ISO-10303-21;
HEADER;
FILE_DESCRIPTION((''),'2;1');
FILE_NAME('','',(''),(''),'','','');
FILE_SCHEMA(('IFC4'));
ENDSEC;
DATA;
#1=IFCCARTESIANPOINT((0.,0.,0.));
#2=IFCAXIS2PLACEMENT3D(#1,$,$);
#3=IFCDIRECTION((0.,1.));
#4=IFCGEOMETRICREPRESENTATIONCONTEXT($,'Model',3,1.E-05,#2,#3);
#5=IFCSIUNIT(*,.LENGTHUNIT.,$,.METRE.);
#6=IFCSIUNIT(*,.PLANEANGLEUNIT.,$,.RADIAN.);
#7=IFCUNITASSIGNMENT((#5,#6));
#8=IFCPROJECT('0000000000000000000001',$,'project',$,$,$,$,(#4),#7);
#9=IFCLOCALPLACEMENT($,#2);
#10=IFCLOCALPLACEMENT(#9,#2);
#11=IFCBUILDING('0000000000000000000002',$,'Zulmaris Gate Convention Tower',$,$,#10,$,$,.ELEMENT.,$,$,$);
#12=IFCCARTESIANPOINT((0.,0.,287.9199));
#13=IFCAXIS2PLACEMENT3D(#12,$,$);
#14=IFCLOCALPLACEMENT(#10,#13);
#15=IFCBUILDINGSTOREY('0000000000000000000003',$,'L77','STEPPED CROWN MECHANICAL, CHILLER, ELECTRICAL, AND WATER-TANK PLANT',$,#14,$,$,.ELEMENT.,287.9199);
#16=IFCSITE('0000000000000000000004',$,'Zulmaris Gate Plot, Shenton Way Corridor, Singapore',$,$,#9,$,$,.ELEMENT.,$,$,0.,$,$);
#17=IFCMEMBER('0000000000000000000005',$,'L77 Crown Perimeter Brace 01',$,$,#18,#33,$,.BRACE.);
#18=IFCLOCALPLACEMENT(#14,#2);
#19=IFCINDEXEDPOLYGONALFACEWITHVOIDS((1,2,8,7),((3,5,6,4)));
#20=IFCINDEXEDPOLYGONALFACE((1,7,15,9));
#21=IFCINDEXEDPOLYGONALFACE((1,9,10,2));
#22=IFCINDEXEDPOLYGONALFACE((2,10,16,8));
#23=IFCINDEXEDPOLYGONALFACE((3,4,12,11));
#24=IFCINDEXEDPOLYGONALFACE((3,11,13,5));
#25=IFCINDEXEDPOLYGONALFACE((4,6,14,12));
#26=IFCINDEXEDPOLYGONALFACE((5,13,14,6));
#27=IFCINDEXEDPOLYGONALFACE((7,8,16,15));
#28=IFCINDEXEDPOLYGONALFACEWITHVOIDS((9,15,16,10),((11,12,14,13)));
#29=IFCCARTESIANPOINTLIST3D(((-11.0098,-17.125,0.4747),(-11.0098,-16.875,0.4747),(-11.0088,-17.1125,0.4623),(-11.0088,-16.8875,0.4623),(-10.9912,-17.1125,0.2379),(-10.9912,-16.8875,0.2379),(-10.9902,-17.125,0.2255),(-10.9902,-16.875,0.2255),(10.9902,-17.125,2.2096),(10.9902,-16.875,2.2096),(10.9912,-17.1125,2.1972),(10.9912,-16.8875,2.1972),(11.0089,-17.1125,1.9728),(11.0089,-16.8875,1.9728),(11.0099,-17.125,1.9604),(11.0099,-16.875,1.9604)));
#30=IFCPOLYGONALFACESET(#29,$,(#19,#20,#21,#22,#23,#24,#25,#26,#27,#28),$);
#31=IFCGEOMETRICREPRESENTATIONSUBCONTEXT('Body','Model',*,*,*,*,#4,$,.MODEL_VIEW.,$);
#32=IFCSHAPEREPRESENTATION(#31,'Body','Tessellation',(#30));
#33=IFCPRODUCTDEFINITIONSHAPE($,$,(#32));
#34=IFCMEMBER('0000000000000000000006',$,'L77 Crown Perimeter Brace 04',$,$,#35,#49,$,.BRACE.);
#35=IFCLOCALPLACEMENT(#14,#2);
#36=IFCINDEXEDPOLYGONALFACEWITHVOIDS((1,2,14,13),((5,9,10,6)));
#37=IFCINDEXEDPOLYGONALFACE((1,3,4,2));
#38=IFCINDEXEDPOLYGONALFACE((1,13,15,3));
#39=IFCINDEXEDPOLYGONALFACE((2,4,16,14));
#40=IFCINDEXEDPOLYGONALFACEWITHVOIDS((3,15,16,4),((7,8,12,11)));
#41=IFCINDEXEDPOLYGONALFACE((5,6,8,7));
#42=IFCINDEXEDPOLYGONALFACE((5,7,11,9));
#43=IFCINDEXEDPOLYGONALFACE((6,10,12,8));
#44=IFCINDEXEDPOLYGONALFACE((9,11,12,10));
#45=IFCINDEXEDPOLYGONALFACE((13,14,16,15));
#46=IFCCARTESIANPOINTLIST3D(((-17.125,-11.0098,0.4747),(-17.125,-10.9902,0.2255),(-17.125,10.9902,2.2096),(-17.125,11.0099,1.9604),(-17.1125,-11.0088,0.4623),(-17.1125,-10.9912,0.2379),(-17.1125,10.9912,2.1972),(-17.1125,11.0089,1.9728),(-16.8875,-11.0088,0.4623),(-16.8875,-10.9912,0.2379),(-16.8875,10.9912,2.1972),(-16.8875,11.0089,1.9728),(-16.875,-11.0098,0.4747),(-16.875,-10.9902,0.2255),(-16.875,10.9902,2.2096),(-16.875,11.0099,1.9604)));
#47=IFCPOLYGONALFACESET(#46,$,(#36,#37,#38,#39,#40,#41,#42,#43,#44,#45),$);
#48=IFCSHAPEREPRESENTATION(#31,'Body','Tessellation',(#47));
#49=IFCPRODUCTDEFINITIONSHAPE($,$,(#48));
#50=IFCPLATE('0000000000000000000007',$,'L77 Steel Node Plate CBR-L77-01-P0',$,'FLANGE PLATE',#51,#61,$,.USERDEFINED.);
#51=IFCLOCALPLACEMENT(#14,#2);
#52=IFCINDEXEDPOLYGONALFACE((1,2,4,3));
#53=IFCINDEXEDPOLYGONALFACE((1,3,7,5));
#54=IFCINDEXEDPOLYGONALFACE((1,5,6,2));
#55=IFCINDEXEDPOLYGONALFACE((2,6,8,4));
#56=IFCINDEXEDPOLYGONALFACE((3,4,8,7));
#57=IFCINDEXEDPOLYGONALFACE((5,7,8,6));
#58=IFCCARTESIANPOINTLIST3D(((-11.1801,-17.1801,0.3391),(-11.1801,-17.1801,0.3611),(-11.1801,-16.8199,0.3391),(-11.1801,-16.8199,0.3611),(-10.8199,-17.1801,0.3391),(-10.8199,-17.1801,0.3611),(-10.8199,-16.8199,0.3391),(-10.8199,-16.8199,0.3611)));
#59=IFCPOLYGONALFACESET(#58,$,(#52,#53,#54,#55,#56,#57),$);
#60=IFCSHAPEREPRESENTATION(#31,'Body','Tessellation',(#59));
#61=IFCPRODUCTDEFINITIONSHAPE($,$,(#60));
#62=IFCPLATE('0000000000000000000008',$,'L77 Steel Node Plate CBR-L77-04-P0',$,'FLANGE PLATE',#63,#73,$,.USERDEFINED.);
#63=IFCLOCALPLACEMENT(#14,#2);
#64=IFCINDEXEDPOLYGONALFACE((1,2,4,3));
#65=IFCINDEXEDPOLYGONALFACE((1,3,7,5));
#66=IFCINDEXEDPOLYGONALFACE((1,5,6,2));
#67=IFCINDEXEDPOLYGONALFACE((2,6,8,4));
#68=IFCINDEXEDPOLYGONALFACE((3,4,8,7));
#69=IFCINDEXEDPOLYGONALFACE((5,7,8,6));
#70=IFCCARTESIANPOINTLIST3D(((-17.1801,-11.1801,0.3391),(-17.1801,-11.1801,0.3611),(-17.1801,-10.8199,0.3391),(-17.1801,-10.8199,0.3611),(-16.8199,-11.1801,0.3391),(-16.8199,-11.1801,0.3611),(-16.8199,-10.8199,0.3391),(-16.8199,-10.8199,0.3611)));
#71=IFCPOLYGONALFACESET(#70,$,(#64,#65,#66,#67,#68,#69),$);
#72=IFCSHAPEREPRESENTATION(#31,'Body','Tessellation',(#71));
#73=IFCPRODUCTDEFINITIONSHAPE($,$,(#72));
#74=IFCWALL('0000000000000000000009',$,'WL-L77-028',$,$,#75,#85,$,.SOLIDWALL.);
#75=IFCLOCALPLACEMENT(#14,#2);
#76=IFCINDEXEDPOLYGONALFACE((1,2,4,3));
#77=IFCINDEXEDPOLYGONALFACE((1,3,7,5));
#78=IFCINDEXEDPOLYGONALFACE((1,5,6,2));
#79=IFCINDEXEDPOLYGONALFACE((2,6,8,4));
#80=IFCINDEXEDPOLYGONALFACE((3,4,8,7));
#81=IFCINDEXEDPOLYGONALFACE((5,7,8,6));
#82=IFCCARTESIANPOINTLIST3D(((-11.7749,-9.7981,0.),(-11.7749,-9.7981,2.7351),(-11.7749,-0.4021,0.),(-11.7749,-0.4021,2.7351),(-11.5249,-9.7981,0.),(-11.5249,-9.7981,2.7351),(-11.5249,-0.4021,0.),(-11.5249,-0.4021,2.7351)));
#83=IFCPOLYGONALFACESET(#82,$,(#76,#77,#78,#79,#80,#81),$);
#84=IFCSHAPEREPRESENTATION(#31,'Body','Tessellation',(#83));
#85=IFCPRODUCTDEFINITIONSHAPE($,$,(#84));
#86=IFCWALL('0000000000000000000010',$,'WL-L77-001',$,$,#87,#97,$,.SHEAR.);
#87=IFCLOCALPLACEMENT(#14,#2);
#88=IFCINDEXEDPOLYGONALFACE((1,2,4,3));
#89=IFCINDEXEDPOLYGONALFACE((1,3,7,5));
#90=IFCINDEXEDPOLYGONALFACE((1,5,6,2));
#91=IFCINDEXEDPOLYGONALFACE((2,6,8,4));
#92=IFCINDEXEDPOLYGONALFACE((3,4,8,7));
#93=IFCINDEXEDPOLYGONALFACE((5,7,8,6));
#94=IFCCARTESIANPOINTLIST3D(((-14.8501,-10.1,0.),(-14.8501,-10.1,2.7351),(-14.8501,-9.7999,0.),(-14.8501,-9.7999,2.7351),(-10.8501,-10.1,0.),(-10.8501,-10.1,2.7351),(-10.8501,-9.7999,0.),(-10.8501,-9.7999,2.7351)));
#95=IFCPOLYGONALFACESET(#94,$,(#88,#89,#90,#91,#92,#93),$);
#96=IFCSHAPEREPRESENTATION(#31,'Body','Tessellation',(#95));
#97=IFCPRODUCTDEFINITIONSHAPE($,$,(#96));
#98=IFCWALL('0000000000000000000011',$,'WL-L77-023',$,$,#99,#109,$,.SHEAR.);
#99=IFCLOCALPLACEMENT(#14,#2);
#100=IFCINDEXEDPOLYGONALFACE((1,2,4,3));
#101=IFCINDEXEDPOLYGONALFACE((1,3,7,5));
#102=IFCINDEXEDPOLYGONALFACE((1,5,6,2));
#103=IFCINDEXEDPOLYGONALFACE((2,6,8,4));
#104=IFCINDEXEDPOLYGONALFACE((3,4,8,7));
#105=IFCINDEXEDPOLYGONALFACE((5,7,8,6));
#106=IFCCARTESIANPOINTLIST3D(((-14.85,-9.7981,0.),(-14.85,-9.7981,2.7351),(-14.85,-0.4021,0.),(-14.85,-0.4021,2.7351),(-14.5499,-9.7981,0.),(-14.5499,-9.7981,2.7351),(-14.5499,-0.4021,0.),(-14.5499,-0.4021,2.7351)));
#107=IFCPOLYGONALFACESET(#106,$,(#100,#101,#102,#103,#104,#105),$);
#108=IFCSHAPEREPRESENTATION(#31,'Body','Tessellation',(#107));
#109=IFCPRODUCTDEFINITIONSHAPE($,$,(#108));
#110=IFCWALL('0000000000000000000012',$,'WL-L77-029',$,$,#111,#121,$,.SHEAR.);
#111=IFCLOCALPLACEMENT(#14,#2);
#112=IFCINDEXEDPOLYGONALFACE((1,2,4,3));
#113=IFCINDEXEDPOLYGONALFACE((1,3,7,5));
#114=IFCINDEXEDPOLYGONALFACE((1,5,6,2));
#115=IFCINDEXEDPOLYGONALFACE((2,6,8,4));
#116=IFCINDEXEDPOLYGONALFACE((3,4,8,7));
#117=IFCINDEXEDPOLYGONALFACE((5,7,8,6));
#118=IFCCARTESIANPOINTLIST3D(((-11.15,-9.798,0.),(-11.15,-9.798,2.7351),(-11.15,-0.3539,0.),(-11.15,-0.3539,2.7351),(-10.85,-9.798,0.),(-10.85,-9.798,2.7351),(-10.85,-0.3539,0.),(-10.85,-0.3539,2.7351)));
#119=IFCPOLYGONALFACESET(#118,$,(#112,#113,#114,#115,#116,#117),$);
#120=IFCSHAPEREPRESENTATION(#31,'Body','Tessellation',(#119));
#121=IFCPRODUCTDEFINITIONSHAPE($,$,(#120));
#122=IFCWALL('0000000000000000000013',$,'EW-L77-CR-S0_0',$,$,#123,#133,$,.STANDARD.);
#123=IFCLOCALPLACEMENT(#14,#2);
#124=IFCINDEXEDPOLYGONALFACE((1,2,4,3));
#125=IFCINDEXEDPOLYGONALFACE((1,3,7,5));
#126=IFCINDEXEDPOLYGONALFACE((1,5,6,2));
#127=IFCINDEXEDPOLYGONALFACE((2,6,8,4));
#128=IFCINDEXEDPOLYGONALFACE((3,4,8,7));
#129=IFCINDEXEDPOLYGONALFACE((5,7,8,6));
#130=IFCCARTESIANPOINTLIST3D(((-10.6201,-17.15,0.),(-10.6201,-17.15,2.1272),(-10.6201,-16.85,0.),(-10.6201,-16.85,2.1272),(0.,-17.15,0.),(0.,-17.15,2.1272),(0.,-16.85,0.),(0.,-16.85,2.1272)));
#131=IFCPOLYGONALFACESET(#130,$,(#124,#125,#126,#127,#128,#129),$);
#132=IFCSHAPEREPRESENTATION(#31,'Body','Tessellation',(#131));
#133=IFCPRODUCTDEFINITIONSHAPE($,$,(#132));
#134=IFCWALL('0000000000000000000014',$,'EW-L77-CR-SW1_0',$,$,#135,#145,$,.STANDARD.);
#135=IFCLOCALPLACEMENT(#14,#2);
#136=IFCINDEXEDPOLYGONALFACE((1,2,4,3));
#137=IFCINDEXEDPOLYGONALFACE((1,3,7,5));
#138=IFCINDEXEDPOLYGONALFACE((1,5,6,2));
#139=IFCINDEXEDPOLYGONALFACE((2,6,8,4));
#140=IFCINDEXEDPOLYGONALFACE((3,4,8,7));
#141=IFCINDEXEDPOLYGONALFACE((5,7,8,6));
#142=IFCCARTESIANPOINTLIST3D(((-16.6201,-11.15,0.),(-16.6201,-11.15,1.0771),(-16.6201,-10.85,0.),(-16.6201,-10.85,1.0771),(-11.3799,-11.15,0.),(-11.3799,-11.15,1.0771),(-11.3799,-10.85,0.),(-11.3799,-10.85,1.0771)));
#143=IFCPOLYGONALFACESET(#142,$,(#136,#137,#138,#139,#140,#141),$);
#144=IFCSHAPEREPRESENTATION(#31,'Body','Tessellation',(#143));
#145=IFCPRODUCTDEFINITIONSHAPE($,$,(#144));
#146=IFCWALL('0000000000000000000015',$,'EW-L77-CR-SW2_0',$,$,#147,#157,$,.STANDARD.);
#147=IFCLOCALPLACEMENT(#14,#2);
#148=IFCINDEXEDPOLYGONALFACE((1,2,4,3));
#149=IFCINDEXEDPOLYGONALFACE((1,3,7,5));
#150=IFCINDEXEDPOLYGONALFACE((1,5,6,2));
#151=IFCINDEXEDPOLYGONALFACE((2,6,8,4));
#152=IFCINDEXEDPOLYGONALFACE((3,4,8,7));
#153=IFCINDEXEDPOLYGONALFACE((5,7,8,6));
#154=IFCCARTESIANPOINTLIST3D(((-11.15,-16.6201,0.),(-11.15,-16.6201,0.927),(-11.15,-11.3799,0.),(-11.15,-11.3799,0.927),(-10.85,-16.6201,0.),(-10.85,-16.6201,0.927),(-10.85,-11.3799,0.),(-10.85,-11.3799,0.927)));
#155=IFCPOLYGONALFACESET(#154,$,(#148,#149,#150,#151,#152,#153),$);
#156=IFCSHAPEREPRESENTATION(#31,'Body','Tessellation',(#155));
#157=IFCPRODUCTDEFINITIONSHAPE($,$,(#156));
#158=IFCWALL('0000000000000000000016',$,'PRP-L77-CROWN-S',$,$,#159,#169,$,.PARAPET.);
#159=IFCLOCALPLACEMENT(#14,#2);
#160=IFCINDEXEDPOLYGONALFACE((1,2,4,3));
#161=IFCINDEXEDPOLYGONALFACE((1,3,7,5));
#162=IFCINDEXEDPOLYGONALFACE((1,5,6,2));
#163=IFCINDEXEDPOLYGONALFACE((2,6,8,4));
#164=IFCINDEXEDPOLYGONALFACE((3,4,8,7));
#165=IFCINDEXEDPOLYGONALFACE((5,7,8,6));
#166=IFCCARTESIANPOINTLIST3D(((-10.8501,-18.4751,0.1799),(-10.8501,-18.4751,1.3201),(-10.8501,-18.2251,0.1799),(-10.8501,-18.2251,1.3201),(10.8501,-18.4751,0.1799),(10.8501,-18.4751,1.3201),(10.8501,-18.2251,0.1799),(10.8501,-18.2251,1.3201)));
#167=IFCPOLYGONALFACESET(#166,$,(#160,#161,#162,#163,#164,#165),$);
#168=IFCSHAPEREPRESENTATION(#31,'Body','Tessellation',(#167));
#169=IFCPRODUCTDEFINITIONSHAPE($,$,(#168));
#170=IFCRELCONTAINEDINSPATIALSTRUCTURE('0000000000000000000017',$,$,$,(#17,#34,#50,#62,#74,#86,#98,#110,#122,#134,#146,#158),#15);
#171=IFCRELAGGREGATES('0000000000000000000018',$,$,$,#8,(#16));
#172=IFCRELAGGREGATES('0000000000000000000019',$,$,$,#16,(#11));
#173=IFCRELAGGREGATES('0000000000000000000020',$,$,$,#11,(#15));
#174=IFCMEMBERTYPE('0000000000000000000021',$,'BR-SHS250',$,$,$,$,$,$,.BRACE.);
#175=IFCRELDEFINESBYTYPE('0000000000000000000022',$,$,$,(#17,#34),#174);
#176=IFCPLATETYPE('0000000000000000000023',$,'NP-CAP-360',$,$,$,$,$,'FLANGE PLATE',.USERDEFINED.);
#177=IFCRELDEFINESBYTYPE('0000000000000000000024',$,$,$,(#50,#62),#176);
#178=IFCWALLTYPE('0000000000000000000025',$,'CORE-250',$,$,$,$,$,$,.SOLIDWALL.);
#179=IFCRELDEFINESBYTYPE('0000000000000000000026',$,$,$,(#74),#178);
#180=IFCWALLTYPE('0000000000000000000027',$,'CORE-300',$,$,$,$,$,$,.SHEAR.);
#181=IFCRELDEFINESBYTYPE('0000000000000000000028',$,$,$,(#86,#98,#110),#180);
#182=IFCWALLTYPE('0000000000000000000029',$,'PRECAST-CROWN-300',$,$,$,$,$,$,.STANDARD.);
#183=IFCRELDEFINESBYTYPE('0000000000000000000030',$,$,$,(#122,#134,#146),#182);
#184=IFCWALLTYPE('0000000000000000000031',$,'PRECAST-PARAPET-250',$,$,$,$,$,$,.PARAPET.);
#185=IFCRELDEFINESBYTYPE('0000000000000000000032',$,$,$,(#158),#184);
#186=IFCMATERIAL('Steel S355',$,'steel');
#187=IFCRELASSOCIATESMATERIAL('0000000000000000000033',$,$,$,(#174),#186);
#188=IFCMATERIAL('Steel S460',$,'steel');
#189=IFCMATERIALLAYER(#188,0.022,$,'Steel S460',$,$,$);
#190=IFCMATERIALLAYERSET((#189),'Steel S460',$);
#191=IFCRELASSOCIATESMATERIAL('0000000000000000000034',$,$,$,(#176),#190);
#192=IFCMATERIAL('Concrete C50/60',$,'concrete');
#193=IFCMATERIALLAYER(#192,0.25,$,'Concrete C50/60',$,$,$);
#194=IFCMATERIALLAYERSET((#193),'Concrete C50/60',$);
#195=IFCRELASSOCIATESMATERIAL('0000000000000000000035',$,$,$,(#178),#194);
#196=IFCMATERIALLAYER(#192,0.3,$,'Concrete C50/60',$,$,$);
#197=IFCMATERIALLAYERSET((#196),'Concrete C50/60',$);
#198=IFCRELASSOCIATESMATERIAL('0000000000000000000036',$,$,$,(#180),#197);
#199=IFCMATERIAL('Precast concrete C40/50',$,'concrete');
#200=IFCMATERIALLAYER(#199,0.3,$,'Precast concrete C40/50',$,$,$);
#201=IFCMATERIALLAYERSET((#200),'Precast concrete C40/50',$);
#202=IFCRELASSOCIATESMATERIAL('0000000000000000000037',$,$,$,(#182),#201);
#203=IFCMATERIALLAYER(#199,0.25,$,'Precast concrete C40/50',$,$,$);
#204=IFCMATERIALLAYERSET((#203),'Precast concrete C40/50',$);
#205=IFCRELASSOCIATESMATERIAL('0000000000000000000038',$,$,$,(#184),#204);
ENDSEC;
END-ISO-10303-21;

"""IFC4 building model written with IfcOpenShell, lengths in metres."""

from ifc_helpers import new_model, si_unit, direction, frame, frame_2d, origin, origin_2d, place, context, subcontext, project, spatial, rectangle, hollow_rectangle, extrude, material, layer, layer_set, material_profile, profile_set, type_object, element, save


model = new_model("IFC4")

# Units and contexts
model_context = context("Model", 3, precision=1e-05, world=origin(), true_north=direction((0.0, 1.0)))
body_context = subcontext(model_context, "Body", "Model", "MODEL_VIEW")
ifc_project = project(units=[si_unit("LENGTHUNIT", "METRE"), si_unit("PLANEANGLEUNIT", "RADIAN")], contexts=[model_context])

# Site, building, storey
site_placement = place(None, origin())
site = spatial("IfcSite", under=ifc_project, at=site_placement, Name="Zulmaris Gate Plot, Shenton Way Corridor, Singapore", CompositionType="ELEMENT", RefElevation=0.0)
building_placement = place(site_placement, origin())
building = spatial("IfcBuilding", under=site, at=building_placement, Name="Zulmaris Gate Convention Tower", CompositionType="ELEMENT")
storey_placement = place(building_placement, frame((0.0, 0.0, 287.9199)))
storey = spatial("IfcBuildingStorey", under=building, at=storey_placement, Name="L77", Description="STEPPED CROWN MECHANICAL, CHILLER, ELECTRICAL, AND WATER-TANK PLANT", CompositionType="ELEMENT", Elevation=287.9199)

# Shared definitions
ifc_material_1 = material(Name="Concrete C50/60", Category="concrete")

# Shared definitions
ifc_material_2 = material(Name="Steel S355", Category="steel")

# Members
ifc_material_profile_1 = material_profile(ifc_material_2, hollow_rectangle(XDim=0.25, YDim=0.25, WallThickness=0.0125, at=origin_2d()), Name="SHS 250x250x12.5")
ifc_profile_set_1 = profile_set([ifc_material_profile_1], Name="Steel S355")
member_type = type_object("IfcMemberType", Name="BR-SHS250", PredefinedType="BRACE", material=ifc_profile_set_1)
for number, where, z_axis, x_axis, name in (
    (1, (-11.0, -17.0, 0.3501), (0.996905, 0.0, 0.078613), (0.0, 1.0, 0.0), "L77 Crown Perimeter Brace 01"),
    (2, (-17.0, -11.0, 0.3501), (0.0, 0.996905, 0.078613), (-1.0, 0.0, 0.0), "L77 Crown Perimeter Brace 04"),
):
    element("IfcMember", number, at=place(storey_placement, frame(where, z_axis=z_axis, x_axis=x_axis)), inside=storey, type_object=member_type, Name=name, PredefinedType="BRACE", context=body_context, shape_type="SweptSolid", body=[
        extrude(hollow_rectangle(XDim=0.25, YDim=0.25, WallThickness=0.0125, at=origin_2d()), origin(), (0.0, 0.0, 1.0), 22.0684),
    ])

# Plates
ifc_material_3 = material(Name="Steel S460", Category="steel")
ifc_layer_1 = layer(ifc_material_3, 0.022, Name="Steel S460")
ifc_layer_set_1 = layer_set([ifc_layer_1], Name="Steel S460")
plate_type = type_object("IfcPlateType", Name="NP-CAP-360", ElementType="FLANGE PLATE", PredefinedType="USERDEFINED", material=ifc_layer_set_1)
for number, where, z_axis, x_axis, name in (
    (3, (-11.0, -17.0, 0.3391), (0.0, 0.0, 1.0), (1.0, 0.0, 0.0), "L77 Steel Node Plate CBR-L77-01-P0"),
    (4, (-17.0, -11.0, 0.3391), (0.0, 0.0, 1.0), (1.0, 0.0, 0.0), "L77 Steel Node Plate CBR-L77-04-P0"),
):
    element("IfcPlate", number, at=place(storey_placement, frame(where, z_axis=z_axis, x_axis=x_axis)), inside=storey, type_object=plate_type, Name=name, ObjectType="FLANGE PLATE", PredefinedType="USERDEFINED", context=body_context, shape_type="SweptSolid", body=[
        extrude(rectangle(XDim=0.3601, YDim=0.3601, at=origin_2d()), origin(), (0.0, 0.0, 1.0), 0.022),
    ])

# Walls
ifc_layer_2 = layer(ifc_material_1, 0.25, Name="Concrete C50/60")
ifc_layer_set_2 = layer_set([ifc_layer_2], Name="Concrete C50/60")
wall_type_1 = type_object("IfcWallType", Name="CORE-250", PredefinedType="SOLIDWALL", material=ifc_layer_set_2)
wall_1_placement = place(storey_placement, frame((-11.6499, -9.7981, 0.0), z_axis=(0.0, 0.0, 1.0), x_axis=(0.0, 1.0, 0.0)))
element("IfcWall", 5, at=wall_1_placement, inside=storey, type_object=wall_type_1, Name="WL-L77-028", PredefinedType="SOLIDWALL", context=body_context, shape_type="SweptSolid", body=[
    extrude(rectangle(XDim=9.396, YDim=0.25, at=frame_2d((4.698, 0.0))), origin(), (0.0, 0.0, 1.0), 2.7351),
])
ifc_layer_3 = layer(ifc_material_1, 0.3, Name="Concrete C50/60")
ifc_layer_set_3 = layer_set([ifc_layer_3], Name="Concrete C50/60")
wall_type_2 = type_object("IfcWallType", Name="CORE-300", PredefinedType="SHEAR", material=ifc_layer_set_3)
wall_2_placement = place(storey_placement, frame((-14.8501, -9.95, 0.0), z_axis=(0.0, 0.0, 1.0), x_axis=(1.0, 0.0, 0.0)))
element("IfcWall", 6, at=wall_2_placement, inside=storey, type_object=wall_type_2, Name="WL-L77-001", PredefinedType="SHEAR", context=body_context, shape_type="SweptSolid", body=[
    extrude(rectangle(XDim=4.0, YDim=0.3, at=frame_2d((2.0, 0.0))), origin(), (0.0, 0.0, 1.0), 2.7351),
])
wall_3_placement = place(storey_placement, frame((-14.7, -9.7981, 0.0), z_axis=(0.0, 0.0, 1.0), x_axis=(0.0, 1.0, 0.0)))
element("IfcWall", 7, at=wall_3_placement, inside=storey, type_object=wall_type_2, Name="WL-L77-023", PredefinedType="SHEAR", context=body_context, shape_type="SweptSolid", body=[
    extrude(rectangle(XDim=9.396, YDim=0.3, at=frame_2d((4.698, 0.0))), origin(), (0.0, 0.0, 1.0), 2.7351),
])
wall_4_placement = place(storey_placement, frame((-11.0, -9.7981, 0.0), z_axis=(0.0, 0.0, 1.0), x_axis=(0.0, 1.0, 0.0)))
element("IfcWall", 8, at=wall_4_placement, inside=storey, type_object=wall_type_2, Name="WL-L77-029", PredefinedType="SHEAR", context=body_context, shape_type="SweptSolid", body=[
    extrude(rectangle(XDim=9.4441, YDim=0.3, at=frame_2d((4.7222, 0.0))), origin(), (0.0, 0.0, 1.0), 2.7351),
])
ifc_material_4 = material(Name="Precast concrete C40/50", Category="concrete")
ifc_layer_4 = layer(ifc_material_4, 0.3, Name="Precast concrete C40/50")
ifc_layer_set_4 = layer_set([ifc_layer_4], Name="Precast concrete C40/50")
wall_type_3 = type_object("IfcWallType", Name="PRECAST-CROWN-300", PredefinedType="STANDARD", material=ifc_layer_set_4)
wall_5_placement = place(storey_placement, frame((-10.6201, -17.0, 0.0), z_axis=(0.0, 0.0, 1.0), x_axis=(1.0, 0.0, 0.0)))
element("IfcWall", 9, at=wall_5_placement, inside=storey, type_object=wall_type_3, Name="EW-L77-CR-S0_0", PredefinedType="STANDARD", context=body_context, shape_type="SweptSolid", body=[
    extrude(rectangle(XDim=10.6201, YDim=0.3, at=frame_2d((5.3101, 0.0))), origin(), (0.0, 0.0, 1.0), 2.1272),
])
wall_6_placement = place(storey_placement, frame((-16.6201, -11.0, 0.0), z_axis=(0.0, 0.0, 1.0), x_axis=(1.0, 0.0, 0.0)))
element("IfcWall", 10, at=wall_6_placement, inside=storey, type_object=wall_type_3, Name="EW-L77-CR-SW1_0", PredefinedType="STANDARD", context=body_context, shape_type="SweptSolid", body=[
    extrude(rectangle(XDim=5.2402, YDim=0.3, at=frame_2d((2.6201, 0.0))), origin(), (0.0, 0.0, 1.0), 1.0771),
])
wall_7_placement = place(storey_placement, frame((-11.0, -11.3799, 0.0), z_axis=(0.0, 0.0, 1.0), x_axis=(0.0, -1.0, 0.0)))
element("IfcWall", 11, at=wall_7_placement, inside=storey, type_object=wall_type_3, Name="EW-L77-CR-SW2_0", PredefinedType="STANDARD", context=body_context, shape_type="SweptSolid", body=[
    extrude(rectangle(XDim=5.2402, YDim=0.3, at=frame_2d((2.6201, 0.0))), origin(), (0.0, 0.0, 1.0), 0.927),
])
ifc_layer_5 = layer(ifc_material_4, 0.25, Name="Precast concrete C40/50")
ifc_layer_set_5 = layer_set([ifc_layer_5], Name="Precast concrete C40/50")
wall_type_4 = type_object("IfcWallType", Name="PRECAST-PARAPET-250", PredefinedType="PARAPET", material=ifc_layer_set_5)
wall_8_placement = place(storey_placement, frame((-10.8501, -18.3501, 0.1799), z_axis=(0.0, 0.0, 1.0), x_axis=(1.0, 0.0, 0.0)))
element("IfcWall", 12, at=wall_8_placement, inside=storey, type_object=wall_type_4, Name="PRP-L77-CROWN-S", PredefinedType="PARAPET", context=body_context, shape_type="SweptSolid", body=[
    extrude(rectangle(XDim=21.7002, YDim=0.25, at=frame_2d((10.8501, 0.0))), origin(), (0.0, 0.0, 1.0), 1.1401),
])

save(model, "model.ifc")
